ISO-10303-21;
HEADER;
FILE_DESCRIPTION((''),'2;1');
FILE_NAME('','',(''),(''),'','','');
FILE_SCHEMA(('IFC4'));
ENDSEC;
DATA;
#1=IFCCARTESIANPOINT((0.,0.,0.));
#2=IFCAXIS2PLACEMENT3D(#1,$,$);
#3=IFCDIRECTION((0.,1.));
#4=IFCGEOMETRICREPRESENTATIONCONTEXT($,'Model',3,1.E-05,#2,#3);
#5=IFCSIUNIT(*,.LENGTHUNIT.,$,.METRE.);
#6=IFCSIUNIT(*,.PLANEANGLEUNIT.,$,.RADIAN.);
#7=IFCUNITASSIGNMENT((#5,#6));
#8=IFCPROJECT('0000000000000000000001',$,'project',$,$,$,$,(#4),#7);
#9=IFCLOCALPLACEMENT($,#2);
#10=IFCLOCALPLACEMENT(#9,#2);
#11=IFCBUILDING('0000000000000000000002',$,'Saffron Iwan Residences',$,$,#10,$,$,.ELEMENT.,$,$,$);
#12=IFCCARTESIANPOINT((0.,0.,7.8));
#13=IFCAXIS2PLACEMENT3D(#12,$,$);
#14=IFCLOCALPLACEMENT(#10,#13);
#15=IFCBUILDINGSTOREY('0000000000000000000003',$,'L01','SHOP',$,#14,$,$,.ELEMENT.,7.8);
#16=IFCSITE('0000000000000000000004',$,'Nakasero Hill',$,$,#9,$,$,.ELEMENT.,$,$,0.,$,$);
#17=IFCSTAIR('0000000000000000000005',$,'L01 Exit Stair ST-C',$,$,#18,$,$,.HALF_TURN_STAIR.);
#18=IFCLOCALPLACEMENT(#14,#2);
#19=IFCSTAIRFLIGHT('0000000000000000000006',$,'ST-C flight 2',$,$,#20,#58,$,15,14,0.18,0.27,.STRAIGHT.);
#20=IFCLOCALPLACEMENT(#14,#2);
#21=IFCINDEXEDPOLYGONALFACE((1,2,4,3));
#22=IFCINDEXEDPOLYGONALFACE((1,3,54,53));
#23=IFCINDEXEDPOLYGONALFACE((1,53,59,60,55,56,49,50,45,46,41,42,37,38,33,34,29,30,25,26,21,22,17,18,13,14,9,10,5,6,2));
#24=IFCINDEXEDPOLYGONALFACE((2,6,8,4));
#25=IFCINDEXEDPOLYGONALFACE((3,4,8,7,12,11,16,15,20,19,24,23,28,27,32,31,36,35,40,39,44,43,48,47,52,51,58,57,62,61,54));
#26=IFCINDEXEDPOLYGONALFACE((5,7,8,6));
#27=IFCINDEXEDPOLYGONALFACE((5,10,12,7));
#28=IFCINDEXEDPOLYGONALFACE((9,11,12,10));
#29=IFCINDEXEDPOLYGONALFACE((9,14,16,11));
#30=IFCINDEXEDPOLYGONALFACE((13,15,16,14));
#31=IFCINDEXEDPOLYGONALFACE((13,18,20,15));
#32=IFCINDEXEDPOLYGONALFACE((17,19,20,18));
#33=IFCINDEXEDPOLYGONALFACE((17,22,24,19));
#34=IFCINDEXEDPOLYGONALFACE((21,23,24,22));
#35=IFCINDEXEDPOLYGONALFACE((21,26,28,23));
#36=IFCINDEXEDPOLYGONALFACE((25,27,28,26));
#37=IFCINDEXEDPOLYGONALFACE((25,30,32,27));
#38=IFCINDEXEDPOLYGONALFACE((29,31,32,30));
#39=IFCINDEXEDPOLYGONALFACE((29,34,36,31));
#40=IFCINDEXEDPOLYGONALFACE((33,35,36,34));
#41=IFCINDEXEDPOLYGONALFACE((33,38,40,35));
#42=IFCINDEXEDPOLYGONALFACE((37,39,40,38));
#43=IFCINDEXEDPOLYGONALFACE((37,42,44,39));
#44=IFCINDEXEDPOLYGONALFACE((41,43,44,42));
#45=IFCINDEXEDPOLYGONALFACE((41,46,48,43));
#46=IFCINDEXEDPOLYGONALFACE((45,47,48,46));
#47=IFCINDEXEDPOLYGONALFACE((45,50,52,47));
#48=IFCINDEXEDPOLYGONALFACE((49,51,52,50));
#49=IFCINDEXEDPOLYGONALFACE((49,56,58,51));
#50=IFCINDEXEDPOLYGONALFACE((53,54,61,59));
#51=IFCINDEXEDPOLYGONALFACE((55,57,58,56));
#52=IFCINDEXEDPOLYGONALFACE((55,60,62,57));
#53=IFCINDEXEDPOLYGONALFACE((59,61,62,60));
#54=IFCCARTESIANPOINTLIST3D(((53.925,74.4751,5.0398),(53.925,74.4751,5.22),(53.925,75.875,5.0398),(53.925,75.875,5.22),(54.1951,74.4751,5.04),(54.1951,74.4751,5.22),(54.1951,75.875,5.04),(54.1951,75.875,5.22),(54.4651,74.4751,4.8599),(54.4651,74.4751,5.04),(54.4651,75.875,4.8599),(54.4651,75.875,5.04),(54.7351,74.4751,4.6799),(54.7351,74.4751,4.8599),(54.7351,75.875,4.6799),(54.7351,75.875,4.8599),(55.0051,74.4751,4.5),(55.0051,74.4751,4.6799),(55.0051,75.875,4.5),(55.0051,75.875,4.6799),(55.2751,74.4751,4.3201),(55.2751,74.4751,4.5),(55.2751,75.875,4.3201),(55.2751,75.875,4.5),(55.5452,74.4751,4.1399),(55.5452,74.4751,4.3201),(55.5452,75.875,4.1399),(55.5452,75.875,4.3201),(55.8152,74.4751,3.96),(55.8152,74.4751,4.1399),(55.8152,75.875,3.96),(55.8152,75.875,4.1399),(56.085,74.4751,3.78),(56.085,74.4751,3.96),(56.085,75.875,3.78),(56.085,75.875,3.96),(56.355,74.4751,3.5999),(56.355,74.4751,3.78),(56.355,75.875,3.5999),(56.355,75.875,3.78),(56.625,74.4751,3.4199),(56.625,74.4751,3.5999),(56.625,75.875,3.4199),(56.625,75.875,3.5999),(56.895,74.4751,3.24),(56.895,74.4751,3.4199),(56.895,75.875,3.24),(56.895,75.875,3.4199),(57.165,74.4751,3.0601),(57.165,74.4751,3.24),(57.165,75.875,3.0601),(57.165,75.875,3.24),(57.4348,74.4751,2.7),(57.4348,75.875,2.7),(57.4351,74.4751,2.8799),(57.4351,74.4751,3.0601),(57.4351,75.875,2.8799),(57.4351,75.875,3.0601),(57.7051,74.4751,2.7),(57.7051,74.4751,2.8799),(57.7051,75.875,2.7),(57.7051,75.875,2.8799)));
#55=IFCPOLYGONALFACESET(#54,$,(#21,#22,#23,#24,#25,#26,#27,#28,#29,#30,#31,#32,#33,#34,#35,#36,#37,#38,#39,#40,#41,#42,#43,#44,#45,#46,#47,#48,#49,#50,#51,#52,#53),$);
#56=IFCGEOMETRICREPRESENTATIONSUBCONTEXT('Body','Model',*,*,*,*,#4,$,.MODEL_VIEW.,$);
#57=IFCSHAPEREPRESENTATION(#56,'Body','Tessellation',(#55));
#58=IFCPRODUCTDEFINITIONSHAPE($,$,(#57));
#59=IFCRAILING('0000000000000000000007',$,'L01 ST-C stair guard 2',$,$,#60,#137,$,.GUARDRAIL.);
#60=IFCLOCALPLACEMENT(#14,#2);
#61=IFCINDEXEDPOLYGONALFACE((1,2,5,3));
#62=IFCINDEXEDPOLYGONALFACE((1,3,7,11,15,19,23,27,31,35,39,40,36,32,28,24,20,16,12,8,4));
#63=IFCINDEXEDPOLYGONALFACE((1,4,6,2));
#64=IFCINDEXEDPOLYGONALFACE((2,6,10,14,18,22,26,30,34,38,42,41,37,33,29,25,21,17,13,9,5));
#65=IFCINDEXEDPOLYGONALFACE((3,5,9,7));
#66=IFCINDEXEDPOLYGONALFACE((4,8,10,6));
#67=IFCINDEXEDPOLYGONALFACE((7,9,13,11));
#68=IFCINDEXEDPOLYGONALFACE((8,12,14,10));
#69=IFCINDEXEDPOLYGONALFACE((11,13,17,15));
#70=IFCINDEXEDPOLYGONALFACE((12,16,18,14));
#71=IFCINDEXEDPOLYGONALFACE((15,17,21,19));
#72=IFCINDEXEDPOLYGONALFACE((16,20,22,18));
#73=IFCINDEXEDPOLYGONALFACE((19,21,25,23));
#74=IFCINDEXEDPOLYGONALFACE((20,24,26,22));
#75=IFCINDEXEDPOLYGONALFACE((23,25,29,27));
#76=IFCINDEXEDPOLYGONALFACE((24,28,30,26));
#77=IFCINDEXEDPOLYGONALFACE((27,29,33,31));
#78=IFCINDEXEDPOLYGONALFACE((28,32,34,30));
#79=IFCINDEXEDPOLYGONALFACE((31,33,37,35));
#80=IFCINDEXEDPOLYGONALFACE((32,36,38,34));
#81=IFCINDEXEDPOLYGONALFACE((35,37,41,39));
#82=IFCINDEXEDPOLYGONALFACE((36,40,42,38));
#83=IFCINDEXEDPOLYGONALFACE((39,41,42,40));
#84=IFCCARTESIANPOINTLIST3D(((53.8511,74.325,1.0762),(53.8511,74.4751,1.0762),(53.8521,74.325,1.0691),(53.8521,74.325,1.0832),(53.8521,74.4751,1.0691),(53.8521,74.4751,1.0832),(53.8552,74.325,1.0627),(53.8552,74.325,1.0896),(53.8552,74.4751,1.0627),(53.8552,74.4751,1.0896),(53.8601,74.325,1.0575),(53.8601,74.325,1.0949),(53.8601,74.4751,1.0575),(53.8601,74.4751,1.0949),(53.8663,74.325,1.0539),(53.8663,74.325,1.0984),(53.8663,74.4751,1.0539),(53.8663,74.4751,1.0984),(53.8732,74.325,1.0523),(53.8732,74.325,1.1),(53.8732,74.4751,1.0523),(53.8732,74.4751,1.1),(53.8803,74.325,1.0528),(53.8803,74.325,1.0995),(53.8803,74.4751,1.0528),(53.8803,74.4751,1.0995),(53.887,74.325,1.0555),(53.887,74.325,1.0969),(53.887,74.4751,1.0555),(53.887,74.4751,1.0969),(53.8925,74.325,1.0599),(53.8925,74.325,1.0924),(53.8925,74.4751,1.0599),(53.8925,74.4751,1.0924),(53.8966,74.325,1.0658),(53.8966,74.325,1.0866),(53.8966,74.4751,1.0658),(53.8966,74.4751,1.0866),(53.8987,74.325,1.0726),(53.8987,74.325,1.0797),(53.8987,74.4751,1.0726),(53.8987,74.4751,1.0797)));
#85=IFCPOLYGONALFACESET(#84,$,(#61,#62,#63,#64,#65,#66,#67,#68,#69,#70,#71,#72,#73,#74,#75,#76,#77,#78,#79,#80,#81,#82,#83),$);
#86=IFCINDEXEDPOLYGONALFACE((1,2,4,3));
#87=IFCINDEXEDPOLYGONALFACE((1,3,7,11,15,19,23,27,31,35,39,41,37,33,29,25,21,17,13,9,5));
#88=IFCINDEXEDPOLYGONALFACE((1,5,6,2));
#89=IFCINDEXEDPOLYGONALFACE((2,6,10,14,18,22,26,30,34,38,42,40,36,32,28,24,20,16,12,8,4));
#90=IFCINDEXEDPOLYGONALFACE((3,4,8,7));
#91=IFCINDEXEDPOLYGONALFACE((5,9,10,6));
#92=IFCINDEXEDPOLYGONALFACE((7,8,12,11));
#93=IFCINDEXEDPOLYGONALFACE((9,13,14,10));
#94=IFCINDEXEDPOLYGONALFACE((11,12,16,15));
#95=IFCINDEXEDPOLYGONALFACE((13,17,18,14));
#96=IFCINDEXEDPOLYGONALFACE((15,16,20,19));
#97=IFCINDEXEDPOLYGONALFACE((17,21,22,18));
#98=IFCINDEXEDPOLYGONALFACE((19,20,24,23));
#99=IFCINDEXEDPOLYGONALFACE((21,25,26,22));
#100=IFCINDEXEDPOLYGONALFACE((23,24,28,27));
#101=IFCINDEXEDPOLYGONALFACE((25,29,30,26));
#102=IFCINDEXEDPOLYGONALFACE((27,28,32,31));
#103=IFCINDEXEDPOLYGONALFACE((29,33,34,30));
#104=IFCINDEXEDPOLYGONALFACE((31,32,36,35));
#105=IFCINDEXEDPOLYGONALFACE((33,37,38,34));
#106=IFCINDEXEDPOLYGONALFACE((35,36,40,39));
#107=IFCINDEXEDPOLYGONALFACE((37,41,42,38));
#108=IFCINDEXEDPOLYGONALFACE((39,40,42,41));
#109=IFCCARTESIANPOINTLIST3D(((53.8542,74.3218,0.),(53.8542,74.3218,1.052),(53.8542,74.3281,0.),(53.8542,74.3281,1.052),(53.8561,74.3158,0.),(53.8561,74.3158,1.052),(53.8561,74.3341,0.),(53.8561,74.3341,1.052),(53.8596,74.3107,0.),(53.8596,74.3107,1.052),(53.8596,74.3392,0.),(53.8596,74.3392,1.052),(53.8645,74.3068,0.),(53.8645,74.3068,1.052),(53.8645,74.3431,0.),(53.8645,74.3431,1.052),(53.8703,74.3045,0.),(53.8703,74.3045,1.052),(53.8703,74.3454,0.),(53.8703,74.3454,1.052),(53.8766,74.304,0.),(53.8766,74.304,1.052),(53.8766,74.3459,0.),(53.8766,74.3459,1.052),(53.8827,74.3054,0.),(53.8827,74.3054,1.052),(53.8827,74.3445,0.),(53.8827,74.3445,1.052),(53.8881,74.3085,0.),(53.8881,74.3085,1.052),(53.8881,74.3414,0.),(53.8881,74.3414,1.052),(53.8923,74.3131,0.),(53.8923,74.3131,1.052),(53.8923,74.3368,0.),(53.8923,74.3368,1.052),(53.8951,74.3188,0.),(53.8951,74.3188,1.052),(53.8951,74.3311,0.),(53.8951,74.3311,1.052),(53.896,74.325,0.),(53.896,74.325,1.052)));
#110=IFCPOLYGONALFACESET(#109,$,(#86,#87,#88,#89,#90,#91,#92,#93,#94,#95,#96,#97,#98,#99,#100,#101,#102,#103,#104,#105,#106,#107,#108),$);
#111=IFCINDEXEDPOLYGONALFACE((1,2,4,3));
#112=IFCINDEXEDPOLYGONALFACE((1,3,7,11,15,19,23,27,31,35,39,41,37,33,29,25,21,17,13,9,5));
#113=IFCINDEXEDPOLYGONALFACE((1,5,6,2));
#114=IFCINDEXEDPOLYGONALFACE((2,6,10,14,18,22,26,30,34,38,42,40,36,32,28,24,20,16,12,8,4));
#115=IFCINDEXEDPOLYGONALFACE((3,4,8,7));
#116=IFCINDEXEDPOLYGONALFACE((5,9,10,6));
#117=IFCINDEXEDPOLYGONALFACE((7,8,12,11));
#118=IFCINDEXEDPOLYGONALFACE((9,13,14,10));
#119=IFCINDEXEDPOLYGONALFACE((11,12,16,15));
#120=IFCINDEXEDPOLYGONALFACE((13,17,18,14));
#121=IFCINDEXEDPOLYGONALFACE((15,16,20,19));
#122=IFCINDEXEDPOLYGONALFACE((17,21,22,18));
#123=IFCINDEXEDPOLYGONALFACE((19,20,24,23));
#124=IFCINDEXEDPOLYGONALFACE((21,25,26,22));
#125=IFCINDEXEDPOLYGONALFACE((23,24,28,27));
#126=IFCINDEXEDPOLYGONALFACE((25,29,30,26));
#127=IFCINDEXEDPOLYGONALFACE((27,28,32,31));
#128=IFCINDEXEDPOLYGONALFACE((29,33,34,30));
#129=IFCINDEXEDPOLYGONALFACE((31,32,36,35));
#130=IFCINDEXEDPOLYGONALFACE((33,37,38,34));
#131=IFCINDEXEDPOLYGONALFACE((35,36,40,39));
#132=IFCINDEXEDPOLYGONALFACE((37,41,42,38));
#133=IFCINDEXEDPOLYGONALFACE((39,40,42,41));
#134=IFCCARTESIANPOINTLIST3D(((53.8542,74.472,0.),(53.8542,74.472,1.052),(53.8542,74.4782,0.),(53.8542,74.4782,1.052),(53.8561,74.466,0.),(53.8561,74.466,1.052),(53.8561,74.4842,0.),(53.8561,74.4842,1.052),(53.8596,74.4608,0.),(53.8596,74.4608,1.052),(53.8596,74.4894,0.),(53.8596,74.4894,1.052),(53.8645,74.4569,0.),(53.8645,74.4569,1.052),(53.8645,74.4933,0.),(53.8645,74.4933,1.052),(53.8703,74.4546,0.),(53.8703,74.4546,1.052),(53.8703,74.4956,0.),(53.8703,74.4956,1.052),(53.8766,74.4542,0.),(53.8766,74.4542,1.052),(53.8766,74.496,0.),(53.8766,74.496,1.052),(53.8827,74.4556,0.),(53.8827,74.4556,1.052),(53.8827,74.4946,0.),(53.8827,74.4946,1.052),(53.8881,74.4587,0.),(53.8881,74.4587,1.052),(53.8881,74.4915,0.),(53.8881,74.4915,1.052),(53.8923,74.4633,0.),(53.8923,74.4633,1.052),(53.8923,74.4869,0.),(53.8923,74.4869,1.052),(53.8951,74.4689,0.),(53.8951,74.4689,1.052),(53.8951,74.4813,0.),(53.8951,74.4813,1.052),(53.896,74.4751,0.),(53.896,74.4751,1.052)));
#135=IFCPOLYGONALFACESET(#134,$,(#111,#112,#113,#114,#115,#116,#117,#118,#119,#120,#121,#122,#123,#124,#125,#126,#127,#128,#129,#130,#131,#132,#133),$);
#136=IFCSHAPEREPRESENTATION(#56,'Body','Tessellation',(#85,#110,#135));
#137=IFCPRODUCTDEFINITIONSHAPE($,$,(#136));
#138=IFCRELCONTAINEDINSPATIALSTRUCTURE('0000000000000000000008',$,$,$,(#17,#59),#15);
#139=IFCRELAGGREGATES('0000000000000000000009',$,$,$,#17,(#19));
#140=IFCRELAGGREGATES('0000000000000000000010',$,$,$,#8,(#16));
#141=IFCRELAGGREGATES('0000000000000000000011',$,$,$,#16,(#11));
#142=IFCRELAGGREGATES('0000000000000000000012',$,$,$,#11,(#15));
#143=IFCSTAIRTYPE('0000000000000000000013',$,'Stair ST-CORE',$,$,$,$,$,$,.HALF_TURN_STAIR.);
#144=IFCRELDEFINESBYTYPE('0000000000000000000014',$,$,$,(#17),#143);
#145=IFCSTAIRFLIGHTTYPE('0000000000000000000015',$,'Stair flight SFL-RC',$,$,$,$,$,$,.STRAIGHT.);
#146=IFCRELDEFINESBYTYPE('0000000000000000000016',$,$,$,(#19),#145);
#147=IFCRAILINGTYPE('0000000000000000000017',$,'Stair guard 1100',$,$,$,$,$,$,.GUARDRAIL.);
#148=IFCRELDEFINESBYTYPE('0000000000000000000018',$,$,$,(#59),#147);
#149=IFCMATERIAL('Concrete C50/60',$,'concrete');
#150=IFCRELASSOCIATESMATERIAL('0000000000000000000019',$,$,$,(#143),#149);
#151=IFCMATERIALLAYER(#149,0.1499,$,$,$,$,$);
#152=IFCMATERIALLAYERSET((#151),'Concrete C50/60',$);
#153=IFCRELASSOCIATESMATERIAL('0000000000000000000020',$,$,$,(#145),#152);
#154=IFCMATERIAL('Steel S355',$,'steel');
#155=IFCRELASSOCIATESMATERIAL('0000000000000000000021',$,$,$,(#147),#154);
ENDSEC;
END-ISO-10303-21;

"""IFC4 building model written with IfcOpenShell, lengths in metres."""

from ifc_helpers import new_model, si_unit, direction, frame, origin, origin_2d, place, context, subcontext, project, spatial, polyline, circle, outline, extrude, material, layer, layer_set, type_object, element, aggregate, save


model = new_model("IFC4")

# Units and contexts
model_context = context("Model", 3, precision=1e-05, world=origin(), true_north=direction((0.0, 1.0)))
body_context = subcontext(model_context, "Body", "Model", "MODEL_VIEW")
ifc_project = project(units=[si_unit("LENGTHUNIT", "METRE"), si_unit("PLANEANGLEUNIT", "RADIAN")], contexts=[model_context])

# Site, building, storey
site_placement = place(None, origin())
site = spatial("IfcSite", under=ifc_project, at=site_placement, Name="Nakasero Hill", CompositionType="ELEMENT", RefElevation=0.0)
building_placement = place(site_placement, origin())
building = spatial("IfcBuilding", under=site, at=building_placement, Name="Saffron Iwan Residences", CompositionType="ELEMENT")
storey_placement = place(building_placement, frame((0.0, 0.0, 7.8)))
storey = spatial("IfcBuildingStorey", under=building, at=storey_placement, Name="L01", Description="SHOP", CompositionType="ELEMENT", Elevation=7.8)

# Shared definitions
ifc_material_1 = material(Name="Concrete C50/60", Category="concrete")

# Stair, stair flight
stair_type = type_object("IfcStairType", Name="Stair ST-CORE", PredefinedType="HALF_TURN_STAIR", material=ifc_material_1)
stair_placement = place(storey_placement, origin())
stair = element("IfcStair", 1, at=stair_placement, inside=storey, type_object=stair_type, Name="L01 Exit Stair ST-C", PredefinedType="HALF_TURN_STAIR")
ifc_layer_1 = layer(ifc_material_1, 0.1499)
ifc_layer_set_1 = layer_set([ifc_layer_1], Name="Concrete C50/60")
stair_flight_type = type_object("IfcStairFlightType", Name="Stair flight SFL-RC", PredefinedType="STRAIGHT", material=ifc_layer_set_1)
stair_flight_1_placement = place(storey_placement, frame((57.7051, 75.175, 2.7), z_axis=(0.0, 0.0, 1.0), x_axis=(-1.0, 0.0, 0.0)))
stair_flight_1 = element("IfcStairFlight", 2, at=stair_flight_1_placement, type_object=stair_flight_type, Name="ST-C flight 2", NumberOfRisers=15, NumberOfTreads=14, PredefinedType="STRAIGHT", RiserHeight=0.18, TreadLength=0.27, context=body_context, shape_type="SweptSolid", body=[
    extrude(outline(polyline([(0.0, 0.0), (0.0, 0.1799), (0.27, 0.1799), (0.27, 0.3601), (0.54, 0.3601), (0.54, 0.54), (0.8101, 0.54), (0.8101, 0.72), (1.0801, 0.72), (1.0801, 0.8999), (1.3501, 0.8999), (1.3501, 1.0801), (1.6201, 1.0801), (1.6201, 1.26), (1.8899, 1.26), (1.8899, 1.4399), (2.1599, 1.4399), (2.1599, 1.6201), (2.4299, 1.6201), (2.4299, 1.8), (2.7, 1.8), (2.7, 1.98), (2.97, 1.98), (2.97, 2.1599), (3.24, 2.1599), (3.24, 2.3401), (3.51, 2.3401), (3.51, 2.52), (3.78, 2.52), (3.78, 2.7), (3.78, 2.3398), (0.2703, 0.0), (0.0, 0.0)])), frame((0.0, 0.7, 0.0), z_axis=(0.0, -1.0, 0.0), x_axis=(1.0, 0.0, 0.0)), (0.0, 0.0, 1.0), 1.3999),
])
aggregate(stair, [stair_flight_1])

# Railing
ifc_material_2 = material(Name="Steel S355", Category="steel")
railing_type_1 = type_object("IfcRailingType", Name="Stair guard 1100", PredefinedType="GUARDRAIL", material=ifc_material_2)
railing_1_placement = place(storey_placement, frame((53.875, 74.325, 0.0)))
element("IfcRailing", 3, at=railing_1_placement, inside=storey, type_object=railing_type_1, Name="L01 ST-C stair guard 2", PredefinedType="GUARDRAIL", context=body_context, shape_type="SweptSolid", body=[
    extrude(circle(Radius=0.0239, at=origin_2d()), frame((0.0, 0.0, 1.0762), z_axis=(0.0, 1.0, 0.0), x_axis=(-1.0, 0.0, 0.0)), (0.0, 0.0, 1.0), 0.1501),
    extrude(circle(Radius=0.021, at=origin_2d()), origin(), (0.0, 0.0, 1.0), 1.052),
    extrude(circle(Radius=0.021, at=origin_2d()), frame((0.0, 0.1501, 0.0)), (0.0, 0.0, 1.0), 1.052),
])

save(model, "model.ifc")
